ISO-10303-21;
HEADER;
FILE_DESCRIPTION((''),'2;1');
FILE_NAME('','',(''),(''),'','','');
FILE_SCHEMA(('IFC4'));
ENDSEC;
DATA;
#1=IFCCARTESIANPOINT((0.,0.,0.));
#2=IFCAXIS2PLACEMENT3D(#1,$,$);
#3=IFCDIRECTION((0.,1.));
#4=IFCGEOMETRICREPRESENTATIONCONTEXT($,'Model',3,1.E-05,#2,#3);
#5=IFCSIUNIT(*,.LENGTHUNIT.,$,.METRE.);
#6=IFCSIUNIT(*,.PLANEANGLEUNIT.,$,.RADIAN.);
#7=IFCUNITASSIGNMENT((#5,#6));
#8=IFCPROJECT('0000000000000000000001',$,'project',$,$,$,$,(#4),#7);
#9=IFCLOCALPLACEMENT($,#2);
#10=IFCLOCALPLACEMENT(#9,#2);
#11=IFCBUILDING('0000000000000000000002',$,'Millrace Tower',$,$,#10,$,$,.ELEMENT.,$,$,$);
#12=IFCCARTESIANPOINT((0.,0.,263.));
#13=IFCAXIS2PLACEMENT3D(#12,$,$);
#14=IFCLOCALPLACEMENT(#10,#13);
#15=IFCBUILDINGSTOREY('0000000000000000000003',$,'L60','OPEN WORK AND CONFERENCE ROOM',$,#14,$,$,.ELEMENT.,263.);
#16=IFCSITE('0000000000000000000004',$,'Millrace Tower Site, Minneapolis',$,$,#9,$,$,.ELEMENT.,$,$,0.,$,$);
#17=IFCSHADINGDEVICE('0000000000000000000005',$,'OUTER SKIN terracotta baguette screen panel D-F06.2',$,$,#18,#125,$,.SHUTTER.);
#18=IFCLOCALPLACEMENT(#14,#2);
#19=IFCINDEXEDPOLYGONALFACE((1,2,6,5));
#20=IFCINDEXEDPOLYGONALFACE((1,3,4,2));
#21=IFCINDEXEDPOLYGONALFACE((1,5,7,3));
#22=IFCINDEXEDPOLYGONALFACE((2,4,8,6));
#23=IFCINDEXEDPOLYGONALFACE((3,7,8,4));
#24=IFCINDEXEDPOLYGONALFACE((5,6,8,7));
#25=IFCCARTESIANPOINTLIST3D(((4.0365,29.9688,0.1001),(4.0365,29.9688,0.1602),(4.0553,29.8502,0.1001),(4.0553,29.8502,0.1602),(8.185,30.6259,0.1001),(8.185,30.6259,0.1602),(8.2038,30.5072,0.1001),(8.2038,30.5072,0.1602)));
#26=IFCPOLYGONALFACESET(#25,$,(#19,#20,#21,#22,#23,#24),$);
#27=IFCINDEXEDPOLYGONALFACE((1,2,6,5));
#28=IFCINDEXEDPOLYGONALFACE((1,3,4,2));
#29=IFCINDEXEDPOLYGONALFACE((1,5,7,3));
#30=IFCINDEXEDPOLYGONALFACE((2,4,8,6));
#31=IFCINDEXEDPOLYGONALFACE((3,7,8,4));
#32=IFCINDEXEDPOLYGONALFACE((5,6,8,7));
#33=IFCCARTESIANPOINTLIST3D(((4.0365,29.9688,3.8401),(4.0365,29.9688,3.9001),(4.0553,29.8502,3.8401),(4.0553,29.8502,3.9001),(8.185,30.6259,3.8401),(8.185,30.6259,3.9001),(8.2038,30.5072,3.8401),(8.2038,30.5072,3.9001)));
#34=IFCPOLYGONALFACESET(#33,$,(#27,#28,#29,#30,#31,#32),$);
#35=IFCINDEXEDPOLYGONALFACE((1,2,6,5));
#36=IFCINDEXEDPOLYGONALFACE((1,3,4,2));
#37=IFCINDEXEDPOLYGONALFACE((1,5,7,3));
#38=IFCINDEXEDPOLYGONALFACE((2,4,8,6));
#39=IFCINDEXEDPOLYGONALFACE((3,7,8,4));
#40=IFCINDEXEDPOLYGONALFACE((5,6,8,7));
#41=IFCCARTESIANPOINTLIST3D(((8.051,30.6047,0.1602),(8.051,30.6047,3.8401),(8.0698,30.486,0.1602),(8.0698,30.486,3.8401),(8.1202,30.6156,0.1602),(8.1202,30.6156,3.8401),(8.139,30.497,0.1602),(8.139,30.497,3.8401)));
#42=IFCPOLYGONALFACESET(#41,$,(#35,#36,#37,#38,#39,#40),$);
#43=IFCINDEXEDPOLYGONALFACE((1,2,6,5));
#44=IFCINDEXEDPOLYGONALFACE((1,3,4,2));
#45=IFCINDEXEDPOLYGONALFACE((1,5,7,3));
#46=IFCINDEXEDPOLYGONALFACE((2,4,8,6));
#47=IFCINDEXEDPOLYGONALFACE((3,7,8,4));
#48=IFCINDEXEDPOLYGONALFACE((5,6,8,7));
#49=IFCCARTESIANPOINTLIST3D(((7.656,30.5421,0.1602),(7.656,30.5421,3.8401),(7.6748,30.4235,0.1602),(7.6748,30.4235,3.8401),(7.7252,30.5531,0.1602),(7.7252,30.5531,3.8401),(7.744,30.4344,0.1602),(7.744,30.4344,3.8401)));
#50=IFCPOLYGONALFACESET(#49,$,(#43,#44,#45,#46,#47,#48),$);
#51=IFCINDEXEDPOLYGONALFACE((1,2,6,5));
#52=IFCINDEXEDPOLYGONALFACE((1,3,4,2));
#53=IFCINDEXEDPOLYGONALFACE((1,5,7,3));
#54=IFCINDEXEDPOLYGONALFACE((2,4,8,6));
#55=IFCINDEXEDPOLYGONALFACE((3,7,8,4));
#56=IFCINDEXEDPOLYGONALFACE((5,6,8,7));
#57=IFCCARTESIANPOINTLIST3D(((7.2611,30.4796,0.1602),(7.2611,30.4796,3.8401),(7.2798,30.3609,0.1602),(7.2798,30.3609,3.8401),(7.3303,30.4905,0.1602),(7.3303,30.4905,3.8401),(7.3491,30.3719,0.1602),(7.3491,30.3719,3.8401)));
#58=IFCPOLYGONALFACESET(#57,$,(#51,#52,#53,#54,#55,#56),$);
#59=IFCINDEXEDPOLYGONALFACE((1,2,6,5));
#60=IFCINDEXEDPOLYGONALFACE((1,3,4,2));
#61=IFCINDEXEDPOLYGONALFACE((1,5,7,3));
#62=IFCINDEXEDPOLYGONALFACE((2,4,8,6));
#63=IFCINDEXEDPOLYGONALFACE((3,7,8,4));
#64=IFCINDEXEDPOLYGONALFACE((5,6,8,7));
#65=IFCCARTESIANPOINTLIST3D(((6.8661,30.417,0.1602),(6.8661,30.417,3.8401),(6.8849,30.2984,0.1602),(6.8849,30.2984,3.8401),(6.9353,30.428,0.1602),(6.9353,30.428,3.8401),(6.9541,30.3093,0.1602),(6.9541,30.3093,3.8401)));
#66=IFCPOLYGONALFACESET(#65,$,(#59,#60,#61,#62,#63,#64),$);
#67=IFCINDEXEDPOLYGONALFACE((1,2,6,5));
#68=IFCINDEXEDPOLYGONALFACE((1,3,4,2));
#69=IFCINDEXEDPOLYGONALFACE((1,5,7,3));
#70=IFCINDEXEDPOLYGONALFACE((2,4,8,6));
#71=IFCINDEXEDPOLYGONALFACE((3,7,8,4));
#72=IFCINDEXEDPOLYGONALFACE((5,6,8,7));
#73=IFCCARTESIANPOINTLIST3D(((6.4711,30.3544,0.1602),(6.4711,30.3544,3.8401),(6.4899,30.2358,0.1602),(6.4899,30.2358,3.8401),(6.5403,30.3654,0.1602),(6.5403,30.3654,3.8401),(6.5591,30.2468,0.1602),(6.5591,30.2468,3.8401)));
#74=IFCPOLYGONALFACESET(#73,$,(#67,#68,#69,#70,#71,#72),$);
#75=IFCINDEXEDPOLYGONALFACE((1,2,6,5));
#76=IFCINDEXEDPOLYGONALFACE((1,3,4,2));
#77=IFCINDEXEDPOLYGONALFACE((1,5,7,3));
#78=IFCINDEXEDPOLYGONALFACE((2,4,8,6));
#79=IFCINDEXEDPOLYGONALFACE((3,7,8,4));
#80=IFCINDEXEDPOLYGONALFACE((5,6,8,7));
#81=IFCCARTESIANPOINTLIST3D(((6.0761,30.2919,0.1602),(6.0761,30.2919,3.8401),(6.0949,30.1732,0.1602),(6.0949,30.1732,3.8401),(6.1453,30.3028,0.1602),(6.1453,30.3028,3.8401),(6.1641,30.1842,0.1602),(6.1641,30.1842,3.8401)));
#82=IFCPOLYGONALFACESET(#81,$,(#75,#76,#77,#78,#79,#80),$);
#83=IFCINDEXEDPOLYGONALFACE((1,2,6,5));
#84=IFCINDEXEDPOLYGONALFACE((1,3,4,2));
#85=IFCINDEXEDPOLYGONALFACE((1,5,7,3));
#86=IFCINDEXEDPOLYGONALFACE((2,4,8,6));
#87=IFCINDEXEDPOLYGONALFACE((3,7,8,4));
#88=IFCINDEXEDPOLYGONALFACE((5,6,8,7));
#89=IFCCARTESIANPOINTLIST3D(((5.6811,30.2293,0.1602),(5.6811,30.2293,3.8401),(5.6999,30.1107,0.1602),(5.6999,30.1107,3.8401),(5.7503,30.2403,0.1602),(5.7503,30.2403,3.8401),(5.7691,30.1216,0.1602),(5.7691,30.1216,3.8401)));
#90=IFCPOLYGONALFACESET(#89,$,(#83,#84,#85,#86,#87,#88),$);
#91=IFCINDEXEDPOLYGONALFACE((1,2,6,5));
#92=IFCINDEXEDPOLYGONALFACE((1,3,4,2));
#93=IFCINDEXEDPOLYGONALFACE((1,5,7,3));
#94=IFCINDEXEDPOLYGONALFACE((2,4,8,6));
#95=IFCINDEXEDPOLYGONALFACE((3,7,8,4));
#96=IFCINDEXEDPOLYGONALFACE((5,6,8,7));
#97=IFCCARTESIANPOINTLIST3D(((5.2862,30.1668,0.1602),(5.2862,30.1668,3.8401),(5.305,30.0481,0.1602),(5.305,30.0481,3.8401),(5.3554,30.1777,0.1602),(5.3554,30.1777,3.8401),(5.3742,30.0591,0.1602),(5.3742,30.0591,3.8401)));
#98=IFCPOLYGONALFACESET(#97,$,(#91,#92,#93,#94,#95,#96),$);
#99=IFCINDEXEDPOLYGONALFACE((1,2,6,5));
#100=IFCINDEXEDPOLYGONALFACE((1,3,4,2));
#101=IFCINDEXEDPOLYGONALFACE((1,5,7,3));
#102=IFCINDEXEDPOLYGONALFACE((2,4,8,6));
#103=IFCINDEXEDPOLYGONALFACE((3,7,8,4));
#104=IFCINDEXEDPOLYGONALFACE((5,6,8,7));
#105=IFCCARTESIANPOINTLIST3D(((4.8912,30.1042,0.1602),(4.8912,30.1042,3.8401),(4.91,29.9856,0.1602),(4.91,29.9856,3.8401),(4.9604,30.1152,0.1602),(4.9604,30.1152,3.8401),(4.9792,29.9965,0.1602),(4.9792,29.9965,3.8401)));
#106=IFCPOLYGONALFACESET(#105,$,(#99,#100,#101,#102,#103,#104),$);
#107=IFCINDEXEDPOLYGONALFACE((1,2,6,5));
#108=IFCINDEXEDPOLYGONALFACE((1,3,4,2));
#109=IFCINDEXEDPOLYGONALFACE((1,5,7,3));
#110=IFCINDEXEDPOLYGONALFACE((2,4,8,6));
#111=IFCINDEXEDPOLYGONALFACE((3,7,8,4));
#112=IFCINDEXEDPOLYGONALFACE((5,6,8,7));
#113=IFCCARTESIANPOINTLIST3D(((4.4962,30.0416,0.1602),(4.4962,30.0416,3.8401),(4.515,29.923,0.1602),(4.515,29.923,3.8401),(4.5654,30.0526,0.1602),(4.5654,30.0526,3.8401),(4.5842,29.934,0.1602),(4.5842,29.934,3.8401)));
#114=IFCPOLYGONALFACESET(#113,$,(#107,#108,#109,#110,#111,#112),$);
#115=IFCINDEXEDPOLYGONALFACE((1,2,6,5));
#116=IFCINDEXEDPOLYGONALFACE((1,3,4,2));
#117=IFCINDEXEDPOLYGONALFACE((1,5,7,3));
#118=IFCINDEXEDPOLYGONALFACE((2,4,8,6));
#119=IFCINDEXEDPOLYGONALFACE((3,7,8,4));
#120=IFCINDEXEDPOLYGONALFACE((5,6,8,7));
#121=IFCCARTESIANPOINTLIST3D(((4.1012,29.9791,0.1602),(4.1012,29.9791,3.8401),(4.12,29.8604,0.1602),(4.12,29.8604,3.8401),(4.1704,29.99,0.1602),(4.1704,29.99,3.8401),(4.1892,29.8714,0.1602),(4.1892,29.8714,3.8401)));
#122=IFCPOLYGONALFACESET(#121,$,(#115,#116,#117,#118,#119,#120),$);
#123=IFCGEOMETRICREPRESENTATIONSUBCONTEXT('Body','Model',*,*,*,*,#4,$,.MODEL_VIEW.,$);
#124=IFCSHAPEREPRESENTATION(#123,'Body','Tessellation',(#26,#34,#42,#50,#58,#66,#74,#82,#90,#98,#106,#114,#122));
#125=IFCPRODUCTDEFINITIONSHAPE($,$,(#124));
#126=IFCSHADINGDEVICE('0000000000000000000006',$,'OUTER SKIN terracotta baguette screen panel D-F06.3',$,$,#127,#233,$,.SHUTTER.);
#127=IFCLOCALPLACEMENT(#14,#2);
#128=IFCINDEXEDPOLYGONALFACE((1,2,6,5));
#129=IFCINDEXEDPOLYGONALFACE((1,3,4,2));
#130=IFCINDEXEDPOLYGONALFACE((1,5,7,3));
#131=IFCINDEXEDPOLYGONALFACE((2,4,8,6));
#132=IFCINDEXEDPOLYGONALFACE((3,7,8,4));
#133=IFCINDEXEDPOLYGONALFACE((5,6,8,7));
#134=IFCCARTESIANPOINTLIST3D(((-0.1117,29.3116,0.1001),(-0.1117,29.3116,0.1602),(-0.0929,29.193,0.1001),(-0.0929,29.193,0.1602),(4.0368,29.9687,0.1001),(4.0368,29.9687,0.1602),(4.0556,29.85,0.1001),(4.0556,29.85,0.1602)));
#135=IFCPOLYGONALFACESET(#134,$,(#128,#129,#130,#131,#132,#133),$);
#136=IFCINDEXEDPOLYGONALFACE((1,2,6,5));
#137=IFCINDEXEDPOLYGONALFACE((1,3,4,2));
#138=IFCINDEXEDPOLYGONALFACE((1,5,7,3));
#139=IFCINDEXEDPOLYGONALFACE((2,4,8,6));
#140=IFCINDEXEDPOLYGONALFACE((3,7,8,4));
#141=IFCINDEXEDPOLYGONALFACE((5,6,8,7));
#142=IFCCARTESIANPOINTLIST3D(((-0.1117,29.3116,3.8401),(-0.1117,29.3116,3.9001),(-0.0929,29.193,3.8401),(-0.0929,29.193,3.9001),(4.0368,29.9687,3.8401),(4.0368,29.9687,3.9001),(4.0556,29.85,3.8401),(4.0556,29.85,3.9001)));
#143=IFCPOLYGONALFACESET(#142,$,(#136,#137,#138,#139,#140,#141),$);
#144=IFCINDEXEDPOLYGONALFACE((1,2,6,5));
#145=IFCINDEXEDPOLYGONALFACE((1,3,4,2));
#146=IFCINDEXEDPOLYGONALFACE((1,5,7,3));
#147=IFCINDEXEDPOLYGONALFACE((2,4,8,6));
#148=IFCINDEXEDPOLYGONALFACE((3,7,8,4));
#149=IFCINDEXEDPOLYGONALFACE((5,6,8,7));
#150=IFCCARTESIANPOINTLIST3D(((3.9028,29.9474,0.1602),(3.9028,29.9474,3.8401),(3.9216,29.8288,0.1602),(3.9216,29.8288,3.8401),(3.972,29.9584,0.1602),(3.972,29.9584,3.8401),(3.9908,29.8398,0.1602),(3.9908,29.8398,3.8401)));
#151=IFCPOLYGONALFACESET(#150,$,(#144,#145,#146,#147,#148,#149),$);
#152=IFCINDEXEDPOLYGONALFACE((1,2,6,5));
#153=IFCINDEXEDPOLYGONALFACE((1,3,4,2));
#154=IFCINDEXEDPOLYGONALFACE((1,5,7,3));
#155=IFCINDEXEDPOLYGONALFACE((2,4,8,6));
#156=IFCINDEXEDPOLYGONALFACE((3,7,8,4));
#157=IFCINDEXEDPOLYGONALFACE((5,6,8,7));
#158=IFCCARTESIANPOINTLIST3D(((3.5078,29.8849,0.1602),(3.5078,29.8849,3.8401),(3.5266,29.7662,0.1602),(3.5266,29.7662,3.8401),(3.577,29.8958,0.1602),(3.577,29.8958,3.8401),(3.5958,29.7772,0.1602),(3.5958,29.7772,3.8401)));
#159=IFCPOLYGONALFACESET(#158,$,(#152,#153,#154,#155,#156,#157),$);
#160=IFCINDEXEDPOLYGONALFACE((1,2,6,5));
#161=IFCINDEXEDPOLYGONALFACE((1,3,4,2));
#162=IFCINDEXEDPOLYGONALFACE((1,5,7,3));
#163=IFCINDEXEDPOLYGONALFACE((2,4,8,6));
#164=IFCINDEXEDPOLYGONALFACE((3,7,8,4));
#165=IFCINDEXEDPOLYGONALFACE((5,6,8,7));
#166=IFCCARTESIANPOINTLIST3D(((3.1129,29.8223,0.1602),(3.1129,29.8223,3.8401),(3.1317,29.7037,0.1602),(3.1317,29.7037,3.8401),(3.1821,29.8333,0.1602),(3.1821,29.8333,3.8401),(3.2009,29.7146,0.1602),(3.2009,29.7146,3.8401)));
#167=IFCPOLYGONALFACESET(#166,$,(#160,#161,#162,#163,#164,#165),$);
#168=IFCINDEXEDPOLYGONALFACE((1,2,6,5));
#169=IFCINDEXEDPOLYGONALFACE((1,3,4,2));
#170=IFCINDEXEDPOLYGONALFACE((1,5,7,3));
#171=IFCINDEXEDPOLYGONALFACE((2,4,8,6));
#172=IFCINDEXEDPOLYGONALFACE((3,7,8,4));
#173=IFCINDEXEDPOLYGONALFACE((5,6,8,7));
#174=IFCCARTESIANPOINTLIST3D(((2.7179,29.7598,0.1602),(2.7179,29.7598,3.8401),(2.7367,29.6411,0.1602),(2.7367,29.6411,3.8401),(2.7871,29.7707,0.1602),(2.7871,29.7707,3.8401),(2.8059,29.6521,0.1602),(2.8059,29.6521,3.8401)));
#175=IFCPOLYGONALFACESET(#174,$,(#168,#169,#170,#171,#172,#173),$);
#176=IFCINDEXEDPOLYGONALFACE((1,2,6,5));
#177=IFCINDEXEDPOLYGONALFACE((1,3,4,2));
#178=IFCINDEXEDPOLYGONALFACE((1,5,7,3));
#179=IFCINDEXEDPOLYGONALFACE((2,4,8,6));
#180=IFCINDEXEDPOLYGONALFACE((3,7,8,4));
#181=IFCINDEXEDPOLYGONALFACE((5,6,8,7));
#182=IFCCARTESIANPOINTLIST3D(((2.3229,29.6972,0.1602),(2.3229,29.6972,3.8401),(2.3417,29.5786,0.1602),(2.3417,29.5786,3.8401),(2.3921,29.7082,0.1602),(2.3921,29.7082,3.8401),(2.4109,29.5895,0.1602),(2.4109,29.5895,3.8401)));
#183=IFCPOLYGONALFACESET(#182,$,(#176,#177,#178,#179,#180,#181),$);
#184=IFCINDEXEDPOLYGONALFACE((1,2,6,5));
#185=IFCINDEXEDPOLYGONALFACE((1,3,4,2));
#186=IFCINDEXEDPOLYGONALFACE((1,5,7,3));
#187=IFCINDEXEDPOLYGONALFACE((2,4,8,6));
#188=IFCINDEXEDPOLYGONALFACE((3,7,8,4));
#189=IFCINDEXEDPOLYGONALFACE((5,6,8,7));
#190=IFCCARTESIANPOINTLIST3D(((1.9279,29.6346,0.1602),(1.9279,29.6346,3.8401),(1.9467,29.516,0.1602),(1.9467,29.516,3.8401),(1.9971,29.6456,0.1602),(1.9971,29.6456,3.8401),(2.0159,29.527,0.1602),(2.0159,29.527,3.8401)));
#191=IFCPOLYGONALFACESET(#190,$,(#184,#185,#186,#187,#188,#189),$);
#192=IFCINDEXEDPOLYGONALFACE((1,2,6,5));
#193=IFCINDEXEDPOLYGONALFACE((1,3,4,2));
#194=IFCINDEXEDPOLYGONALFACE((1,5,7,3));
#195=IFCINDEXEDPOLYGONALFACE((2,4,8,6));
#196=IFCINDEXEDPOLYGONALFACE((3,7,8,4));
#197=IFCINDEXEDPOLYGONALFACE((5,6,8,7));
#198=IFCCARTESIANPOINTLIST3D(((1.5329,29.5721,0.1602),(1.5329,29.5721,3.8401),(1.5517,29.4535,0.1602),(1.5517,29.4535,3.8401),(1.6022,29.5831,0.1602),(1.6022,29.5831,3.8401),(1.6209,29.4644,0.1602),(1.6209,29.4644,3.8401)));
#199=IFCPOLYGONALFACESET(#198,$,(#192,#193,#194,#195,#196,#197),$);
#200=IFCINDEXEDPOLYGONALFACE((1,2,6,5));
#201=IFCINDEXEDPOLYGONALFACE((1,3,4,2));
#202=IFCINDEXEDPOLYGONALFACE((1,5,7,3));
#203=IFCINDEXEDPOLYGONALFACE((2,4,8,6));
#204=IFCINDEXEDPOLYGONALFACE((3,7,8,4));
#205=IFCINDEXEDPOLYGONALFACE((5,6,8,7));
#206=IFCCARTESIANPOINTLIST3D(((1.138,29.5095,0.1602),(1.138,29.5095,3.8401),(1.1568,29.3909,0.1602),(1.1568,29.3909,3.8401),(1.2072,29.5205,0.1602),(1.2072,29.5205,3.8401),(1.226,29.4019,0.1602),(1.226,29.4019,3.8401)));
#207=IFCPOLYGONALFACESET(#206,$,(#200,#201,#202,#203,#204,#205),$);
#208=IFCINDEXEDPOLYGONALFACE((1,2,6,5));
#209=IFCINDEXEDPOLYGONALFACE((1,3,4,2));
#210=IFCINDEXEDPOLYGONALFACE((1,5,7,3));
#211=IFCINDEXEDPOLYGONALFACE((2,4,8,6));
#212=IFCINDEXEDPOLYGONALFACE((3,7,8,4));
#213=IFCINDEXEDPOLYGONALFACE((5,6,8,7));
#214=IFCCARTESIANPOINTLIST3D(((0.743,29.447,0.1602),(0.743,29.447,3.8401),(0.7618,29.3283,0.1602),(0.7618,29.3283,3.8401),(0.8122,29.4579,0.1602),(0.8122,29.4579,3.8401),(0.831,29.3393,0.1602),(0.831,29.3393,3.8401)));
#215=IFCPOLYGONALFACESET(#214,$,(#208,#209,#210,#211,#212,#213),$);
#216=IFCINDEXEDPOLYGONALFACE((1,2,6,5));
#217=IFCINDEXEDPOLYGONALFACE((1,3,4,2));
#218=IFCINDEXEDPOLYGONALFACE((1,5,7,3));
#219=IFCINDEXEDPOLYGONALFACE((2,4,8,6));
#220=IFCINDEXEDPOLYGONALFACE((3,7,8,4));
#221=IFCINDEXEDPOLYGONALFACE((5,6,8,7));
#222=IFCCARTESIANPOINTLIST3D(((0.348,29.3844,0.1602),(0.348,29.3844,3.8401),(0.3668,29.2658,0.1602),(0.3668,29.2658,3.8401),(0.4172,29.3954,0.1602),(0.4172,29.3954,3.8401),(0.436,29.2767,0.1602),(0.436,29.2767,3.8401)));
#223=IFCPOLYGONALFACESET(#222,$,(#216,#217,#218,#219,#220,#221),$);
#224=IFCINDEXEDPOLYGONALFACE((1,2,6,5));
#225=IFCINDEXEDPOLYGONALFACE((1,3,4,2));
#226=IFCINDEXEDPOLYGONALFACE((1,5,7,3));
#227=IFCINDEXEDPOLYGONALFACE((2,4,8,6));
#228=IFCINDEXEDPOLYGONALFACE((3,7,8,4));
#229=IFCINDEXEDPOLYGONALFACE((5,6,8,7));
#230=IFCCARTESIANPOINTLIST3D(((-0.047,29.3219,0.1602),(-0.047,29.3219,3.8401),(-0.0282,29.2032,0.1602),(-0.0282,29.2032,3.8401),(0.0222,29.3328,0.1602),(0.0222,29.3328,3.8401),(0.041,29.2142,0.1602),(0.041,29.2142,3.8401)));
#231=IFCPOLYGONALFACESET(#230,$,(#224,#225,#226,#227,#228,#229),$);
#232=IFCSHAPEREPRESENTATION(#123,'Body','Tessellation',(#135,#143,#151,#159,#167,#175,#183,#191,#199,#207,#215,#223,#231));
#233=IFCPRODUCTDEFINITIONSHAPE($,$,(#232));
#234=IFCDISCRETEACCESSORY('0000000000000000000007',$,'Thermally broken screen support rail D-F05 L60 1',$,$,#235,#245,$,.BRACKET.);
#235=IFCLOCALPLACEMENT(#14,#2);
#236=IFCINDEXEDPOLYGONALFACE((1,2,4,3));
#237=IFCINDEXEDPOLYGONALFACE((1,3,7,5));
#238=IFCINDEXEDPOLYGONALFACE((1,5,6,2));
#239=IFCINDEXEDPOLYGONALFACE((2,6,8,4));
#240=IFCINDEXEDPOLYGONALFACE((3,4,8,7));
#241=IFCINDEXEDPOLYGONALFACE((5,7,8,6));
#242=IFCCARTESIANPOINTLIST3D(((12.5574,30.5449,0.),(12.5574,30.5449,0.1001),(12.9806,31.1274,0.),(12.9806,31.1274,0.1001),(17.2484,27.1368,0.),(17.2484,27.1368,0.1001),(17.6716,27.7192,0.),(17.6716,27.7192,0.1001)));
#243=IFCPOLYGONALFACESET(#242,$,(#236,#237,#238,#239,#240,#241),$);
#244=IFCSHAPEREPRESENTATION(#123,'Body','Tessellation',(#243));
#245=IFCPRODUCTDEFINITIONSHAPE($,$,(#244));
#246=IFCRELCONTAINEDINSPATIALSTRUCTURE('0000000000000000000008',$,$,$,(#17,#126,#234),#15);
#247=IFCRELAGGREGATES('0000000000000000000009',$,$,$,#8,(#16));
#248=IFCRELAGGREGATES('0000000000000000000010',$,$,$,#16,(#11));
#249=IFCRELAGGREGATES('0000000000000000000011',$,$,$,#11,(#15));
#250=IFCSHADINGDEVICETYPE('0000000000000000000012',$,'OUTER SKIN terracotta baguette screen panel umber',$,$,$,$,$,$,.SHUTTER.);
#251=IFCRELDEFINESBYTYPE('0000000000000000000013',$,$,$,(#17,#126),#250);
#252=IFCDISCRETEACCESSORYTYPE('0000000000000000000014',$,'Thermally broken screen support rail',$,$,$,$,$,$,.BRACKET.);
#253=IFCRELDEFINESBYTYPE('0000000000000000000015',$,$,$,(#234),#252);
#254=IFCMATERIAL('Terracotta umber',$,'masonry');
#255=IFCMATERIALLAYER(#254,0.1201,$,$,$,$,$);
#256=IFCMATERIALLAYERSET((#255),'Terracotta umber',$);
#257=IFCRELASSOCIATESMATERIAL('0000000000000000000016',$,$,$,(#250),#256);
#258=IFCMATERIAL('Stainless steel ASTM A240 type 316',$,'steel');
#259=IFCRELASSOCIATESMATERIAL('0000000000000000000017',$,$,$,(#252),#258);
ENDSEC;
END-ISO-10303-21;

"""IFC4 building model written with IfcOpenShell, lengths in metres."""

from ifc_helpers import new_model, entity, si_unit, direction, frame, frame_2d, origin, origin_2d, place, context, subcontext, project, spatial, rectangle, extrude, source, transform, mapped, material, layer, layer_set, type_object, element, save


model = new_model("IFC4")

# Units and contexts
model_context = context("Model", 3, precision=1e-05, world=origin(), true_north=direction((0.0, 1.0)))
body_context = subcontext(model_context, "Body", "Model", "MODEL_VIEW")
ifc_project = project(units=[si_unit("LENGTHUNIT", "METRE"), si_unit("PLANEANGLEUNIT", "RADIAN")], contexts=[model_context])

# Site, building, storey
site_placement = place(None, origin())
site = spatial("IfcSite", under=ifc_project, at=site_placement, Name="Millrace Tower Site, Minneapolis", CompositionType="ELEMENT", RefElevation=0.0)
building_placement = place(site_placement, origin())
building = spatial("IfcBuilding", under=site, at=building_placement, Name="Millrace Tower", CompositionType="ELEMENT")
storey_placement = place(building_placement, frame((0.0, 0.0, 263.0)))
storey = spatial("IfcBuildingStorey", under=building, at=storey_placement, Name="L60", Description="OPEN WORK AND CONFERENCE ROOM", CompositionType="ELEMENT", Elevation=263.0)

# Shading devices
ifc_material_1 = material(Name="Terracotta umber", Category="masonry")
ifc_layer_1 = layer(ifc_material_1, 0.1201)
ifc_layer_set_1 = layer_set([ifc_layer_1], Name="Terracotta umber")
shading_device_type = type_object("IfcShadingDeviceType", Name="OUTER SKIN terracotta baguette screen panel umber", PredefinedType="SHUTTER", material=ifc_layer_set_1)
cartesian_point_1 = entity("IfcCartesianPoint", [-2.1001, 0.0601])
shared_polyline_1 = entity("IfcPolyline", [cartesian_point_1, entity("IfcCartesianPoint", [2.1001, 0.0601]), entity("IfcCartesianPoint", [2.1001, -0.0601]), entity("IfcCartesianPoint", [-2.1001, -0.0601]), cartesian_point_1])
shared_shape_1 = source(origin(), body_context, "Body", "SweptSolid", [
    entity("IfcExtrudedAreaSolid", entity("IfcArbitraryClosedProfileDef", "AREA", None, shared_polyline_1), entity("IfcAxis2Placement3D", entity("IfcCartesianPoint", [0.0, 0.0, 0.0])), entity("IfcDirection", [0.0, 0.0, 1.0]), 0.0601),
    entity("IfcExtrudedAreaSolid", entity("IfcArbitraryClosedProfileDef", "AREA", None, shared_polyline_1), entity("IfcAxis2Placement3D", entity("IfcCartesianPoint", [0.0, 0.0, 3.74])), entity("IfcDirection", [0.0, 0.0, 1.0]), 0.0601),
    extrude(rectangle(XDim=0.0701, YDim=0.1201, at=frame_2d((-1.9995, 0.0))), frame((0.0, 0.0, 0.0601)), (0.0, 0.0, 1.0), 3.6799),
    extrude(rectangle(XDim=0.0701, YDim=0.1201, at=frame_2d((-1.5996, 0.0))), frame((0.0, 0.0, 0.0601)), (0.0, 0.0, 1.0), 3.6799),
    extrude(rectangle(XDim=0.0701, YDim=0.1201, at=frame_2d((-1.1997, 0.0))), frame((0.0, 0.0, 0.0601)), (0.0, 0.0, 1.0), 3.6799),
    extrude(rectangle(XDim=0.0701, YDim=0.1201, at=frame_2d((-0.7998, 0.0))), frame((0.0, 0.0, 0.0601)), (0.0, 0.0, 1.0), 3.6799),
    extrude(rectangle(XDim=0.0701, YDim=0.1201, at=frame_2d((-0.3999, 0.0))), frame((0.0, 0.0, 0.0601)), (0.0, 0.0, 1.0), 3.6799),
    extrude(rectangle(XDim=0.0701, YDim=0.1201, at=origin_2d()), frame((0.0, 0.0, 0.0601)), (0.0, 0.0, 1.0), 3.6799),
    extrude(rectangle(XDim=0.0701, YDim=0.1201, at=frame_2d((0.3999, 0.0))), frame((0.0, 0.0, 0.0601)), (0.0, 0.0, 1.0), 3.6799),
    extrude(rectangle(XDim=0.0701, YDim=0.1201, at=frame_2d((0.7998, 0.0))), frame((0.0, 0.0, 0.0601)), (0.0, 0.0, 1.0), 3.6799),
    extrude(rectangle(XDim=0.0701, YDim=0.1201, at=frame_2d((1.1997, 0.0))), frame((0.0, 0.0, 0.0601)), (0.0, 0.0, 1.0), 3.6799),
    extrude(rectangle(XDim=0.0701, YDim=0.1201, at=frame_2d((1.5996, 0.0))), frame((0.0, 0.0, 0.0601)), (0.0, 0.0, 1.0), 3.6799),
    extrude(rectangle(XDim=0.0701, YDim=0.1201, at=frame_2d((1.9995, 0.0))), frame((0.0, 0.0, 0.0601)), (0.0, 0.0, 1.0), 3.6799),
])
for number, where, z_axis, x_axis, name in (
    (1, (6.1201, 30.238, 0.1001), (0.0, 0.0, 1.0), (-0.987688, -0.156434, 0.0), "OUTER SKIN terracotta baguette screen panel D-F06.2"),
    (2, (1.9719, 29.5808, 0.1001), (0.0, 0.0, 1.0), (-0.987688, -0.156434, 0.0), "OUTER SKIN terracotta baguette screen panel D-F06.3"),
):
    element("IfcShadingDevice", number, at=place(storey_placement, frame(where, z_axis=z_axis, x_axis=x_axis)), inside=storey, type_object=shading_device_type, Name=name, PredefinedType="SHUTTER", context=body_context, shape_type="MappedRepresentation", body=[
        mapped(shared_shape_1, transform((0.0, 0.0, 0.0), scale=1.0)),
    ])

# Discrete accessory
ifc_material_2 = material(Name="Stainless steel ASTM A240 type 316", Category="steel")
discrete_accessory_type = type_object("IfcDiscreteAccessoryType", Name="Thermally broken screen support rail", PredefinedType="BRACKET", material=ifc_material_2)
discrete_accessory_placement = place(storey_placement, frame((15.1145, 29.1321, 0.0), z_axis=(0.0, 0.0, 1.0), x_axis=(-0.809017, 0.587785, 0.0)))
element("IfcDiscreteAccessory", 3, at=discrete_accessory_placement, inside=storey, type_object=discrete_accessory_type, Name="Thermally broken screen support rail D-F05 L60 1", PredefinedType="BRACKET", context=body_context, shape_type="SweptSolid", body=[
    extrude(rectangle(XDim=5.7983, YDim=0.72, at=origin_2d()), origin(), (0.0, 0.0, 1.0), 0.1001),
])

save(model, "model.ifc")
